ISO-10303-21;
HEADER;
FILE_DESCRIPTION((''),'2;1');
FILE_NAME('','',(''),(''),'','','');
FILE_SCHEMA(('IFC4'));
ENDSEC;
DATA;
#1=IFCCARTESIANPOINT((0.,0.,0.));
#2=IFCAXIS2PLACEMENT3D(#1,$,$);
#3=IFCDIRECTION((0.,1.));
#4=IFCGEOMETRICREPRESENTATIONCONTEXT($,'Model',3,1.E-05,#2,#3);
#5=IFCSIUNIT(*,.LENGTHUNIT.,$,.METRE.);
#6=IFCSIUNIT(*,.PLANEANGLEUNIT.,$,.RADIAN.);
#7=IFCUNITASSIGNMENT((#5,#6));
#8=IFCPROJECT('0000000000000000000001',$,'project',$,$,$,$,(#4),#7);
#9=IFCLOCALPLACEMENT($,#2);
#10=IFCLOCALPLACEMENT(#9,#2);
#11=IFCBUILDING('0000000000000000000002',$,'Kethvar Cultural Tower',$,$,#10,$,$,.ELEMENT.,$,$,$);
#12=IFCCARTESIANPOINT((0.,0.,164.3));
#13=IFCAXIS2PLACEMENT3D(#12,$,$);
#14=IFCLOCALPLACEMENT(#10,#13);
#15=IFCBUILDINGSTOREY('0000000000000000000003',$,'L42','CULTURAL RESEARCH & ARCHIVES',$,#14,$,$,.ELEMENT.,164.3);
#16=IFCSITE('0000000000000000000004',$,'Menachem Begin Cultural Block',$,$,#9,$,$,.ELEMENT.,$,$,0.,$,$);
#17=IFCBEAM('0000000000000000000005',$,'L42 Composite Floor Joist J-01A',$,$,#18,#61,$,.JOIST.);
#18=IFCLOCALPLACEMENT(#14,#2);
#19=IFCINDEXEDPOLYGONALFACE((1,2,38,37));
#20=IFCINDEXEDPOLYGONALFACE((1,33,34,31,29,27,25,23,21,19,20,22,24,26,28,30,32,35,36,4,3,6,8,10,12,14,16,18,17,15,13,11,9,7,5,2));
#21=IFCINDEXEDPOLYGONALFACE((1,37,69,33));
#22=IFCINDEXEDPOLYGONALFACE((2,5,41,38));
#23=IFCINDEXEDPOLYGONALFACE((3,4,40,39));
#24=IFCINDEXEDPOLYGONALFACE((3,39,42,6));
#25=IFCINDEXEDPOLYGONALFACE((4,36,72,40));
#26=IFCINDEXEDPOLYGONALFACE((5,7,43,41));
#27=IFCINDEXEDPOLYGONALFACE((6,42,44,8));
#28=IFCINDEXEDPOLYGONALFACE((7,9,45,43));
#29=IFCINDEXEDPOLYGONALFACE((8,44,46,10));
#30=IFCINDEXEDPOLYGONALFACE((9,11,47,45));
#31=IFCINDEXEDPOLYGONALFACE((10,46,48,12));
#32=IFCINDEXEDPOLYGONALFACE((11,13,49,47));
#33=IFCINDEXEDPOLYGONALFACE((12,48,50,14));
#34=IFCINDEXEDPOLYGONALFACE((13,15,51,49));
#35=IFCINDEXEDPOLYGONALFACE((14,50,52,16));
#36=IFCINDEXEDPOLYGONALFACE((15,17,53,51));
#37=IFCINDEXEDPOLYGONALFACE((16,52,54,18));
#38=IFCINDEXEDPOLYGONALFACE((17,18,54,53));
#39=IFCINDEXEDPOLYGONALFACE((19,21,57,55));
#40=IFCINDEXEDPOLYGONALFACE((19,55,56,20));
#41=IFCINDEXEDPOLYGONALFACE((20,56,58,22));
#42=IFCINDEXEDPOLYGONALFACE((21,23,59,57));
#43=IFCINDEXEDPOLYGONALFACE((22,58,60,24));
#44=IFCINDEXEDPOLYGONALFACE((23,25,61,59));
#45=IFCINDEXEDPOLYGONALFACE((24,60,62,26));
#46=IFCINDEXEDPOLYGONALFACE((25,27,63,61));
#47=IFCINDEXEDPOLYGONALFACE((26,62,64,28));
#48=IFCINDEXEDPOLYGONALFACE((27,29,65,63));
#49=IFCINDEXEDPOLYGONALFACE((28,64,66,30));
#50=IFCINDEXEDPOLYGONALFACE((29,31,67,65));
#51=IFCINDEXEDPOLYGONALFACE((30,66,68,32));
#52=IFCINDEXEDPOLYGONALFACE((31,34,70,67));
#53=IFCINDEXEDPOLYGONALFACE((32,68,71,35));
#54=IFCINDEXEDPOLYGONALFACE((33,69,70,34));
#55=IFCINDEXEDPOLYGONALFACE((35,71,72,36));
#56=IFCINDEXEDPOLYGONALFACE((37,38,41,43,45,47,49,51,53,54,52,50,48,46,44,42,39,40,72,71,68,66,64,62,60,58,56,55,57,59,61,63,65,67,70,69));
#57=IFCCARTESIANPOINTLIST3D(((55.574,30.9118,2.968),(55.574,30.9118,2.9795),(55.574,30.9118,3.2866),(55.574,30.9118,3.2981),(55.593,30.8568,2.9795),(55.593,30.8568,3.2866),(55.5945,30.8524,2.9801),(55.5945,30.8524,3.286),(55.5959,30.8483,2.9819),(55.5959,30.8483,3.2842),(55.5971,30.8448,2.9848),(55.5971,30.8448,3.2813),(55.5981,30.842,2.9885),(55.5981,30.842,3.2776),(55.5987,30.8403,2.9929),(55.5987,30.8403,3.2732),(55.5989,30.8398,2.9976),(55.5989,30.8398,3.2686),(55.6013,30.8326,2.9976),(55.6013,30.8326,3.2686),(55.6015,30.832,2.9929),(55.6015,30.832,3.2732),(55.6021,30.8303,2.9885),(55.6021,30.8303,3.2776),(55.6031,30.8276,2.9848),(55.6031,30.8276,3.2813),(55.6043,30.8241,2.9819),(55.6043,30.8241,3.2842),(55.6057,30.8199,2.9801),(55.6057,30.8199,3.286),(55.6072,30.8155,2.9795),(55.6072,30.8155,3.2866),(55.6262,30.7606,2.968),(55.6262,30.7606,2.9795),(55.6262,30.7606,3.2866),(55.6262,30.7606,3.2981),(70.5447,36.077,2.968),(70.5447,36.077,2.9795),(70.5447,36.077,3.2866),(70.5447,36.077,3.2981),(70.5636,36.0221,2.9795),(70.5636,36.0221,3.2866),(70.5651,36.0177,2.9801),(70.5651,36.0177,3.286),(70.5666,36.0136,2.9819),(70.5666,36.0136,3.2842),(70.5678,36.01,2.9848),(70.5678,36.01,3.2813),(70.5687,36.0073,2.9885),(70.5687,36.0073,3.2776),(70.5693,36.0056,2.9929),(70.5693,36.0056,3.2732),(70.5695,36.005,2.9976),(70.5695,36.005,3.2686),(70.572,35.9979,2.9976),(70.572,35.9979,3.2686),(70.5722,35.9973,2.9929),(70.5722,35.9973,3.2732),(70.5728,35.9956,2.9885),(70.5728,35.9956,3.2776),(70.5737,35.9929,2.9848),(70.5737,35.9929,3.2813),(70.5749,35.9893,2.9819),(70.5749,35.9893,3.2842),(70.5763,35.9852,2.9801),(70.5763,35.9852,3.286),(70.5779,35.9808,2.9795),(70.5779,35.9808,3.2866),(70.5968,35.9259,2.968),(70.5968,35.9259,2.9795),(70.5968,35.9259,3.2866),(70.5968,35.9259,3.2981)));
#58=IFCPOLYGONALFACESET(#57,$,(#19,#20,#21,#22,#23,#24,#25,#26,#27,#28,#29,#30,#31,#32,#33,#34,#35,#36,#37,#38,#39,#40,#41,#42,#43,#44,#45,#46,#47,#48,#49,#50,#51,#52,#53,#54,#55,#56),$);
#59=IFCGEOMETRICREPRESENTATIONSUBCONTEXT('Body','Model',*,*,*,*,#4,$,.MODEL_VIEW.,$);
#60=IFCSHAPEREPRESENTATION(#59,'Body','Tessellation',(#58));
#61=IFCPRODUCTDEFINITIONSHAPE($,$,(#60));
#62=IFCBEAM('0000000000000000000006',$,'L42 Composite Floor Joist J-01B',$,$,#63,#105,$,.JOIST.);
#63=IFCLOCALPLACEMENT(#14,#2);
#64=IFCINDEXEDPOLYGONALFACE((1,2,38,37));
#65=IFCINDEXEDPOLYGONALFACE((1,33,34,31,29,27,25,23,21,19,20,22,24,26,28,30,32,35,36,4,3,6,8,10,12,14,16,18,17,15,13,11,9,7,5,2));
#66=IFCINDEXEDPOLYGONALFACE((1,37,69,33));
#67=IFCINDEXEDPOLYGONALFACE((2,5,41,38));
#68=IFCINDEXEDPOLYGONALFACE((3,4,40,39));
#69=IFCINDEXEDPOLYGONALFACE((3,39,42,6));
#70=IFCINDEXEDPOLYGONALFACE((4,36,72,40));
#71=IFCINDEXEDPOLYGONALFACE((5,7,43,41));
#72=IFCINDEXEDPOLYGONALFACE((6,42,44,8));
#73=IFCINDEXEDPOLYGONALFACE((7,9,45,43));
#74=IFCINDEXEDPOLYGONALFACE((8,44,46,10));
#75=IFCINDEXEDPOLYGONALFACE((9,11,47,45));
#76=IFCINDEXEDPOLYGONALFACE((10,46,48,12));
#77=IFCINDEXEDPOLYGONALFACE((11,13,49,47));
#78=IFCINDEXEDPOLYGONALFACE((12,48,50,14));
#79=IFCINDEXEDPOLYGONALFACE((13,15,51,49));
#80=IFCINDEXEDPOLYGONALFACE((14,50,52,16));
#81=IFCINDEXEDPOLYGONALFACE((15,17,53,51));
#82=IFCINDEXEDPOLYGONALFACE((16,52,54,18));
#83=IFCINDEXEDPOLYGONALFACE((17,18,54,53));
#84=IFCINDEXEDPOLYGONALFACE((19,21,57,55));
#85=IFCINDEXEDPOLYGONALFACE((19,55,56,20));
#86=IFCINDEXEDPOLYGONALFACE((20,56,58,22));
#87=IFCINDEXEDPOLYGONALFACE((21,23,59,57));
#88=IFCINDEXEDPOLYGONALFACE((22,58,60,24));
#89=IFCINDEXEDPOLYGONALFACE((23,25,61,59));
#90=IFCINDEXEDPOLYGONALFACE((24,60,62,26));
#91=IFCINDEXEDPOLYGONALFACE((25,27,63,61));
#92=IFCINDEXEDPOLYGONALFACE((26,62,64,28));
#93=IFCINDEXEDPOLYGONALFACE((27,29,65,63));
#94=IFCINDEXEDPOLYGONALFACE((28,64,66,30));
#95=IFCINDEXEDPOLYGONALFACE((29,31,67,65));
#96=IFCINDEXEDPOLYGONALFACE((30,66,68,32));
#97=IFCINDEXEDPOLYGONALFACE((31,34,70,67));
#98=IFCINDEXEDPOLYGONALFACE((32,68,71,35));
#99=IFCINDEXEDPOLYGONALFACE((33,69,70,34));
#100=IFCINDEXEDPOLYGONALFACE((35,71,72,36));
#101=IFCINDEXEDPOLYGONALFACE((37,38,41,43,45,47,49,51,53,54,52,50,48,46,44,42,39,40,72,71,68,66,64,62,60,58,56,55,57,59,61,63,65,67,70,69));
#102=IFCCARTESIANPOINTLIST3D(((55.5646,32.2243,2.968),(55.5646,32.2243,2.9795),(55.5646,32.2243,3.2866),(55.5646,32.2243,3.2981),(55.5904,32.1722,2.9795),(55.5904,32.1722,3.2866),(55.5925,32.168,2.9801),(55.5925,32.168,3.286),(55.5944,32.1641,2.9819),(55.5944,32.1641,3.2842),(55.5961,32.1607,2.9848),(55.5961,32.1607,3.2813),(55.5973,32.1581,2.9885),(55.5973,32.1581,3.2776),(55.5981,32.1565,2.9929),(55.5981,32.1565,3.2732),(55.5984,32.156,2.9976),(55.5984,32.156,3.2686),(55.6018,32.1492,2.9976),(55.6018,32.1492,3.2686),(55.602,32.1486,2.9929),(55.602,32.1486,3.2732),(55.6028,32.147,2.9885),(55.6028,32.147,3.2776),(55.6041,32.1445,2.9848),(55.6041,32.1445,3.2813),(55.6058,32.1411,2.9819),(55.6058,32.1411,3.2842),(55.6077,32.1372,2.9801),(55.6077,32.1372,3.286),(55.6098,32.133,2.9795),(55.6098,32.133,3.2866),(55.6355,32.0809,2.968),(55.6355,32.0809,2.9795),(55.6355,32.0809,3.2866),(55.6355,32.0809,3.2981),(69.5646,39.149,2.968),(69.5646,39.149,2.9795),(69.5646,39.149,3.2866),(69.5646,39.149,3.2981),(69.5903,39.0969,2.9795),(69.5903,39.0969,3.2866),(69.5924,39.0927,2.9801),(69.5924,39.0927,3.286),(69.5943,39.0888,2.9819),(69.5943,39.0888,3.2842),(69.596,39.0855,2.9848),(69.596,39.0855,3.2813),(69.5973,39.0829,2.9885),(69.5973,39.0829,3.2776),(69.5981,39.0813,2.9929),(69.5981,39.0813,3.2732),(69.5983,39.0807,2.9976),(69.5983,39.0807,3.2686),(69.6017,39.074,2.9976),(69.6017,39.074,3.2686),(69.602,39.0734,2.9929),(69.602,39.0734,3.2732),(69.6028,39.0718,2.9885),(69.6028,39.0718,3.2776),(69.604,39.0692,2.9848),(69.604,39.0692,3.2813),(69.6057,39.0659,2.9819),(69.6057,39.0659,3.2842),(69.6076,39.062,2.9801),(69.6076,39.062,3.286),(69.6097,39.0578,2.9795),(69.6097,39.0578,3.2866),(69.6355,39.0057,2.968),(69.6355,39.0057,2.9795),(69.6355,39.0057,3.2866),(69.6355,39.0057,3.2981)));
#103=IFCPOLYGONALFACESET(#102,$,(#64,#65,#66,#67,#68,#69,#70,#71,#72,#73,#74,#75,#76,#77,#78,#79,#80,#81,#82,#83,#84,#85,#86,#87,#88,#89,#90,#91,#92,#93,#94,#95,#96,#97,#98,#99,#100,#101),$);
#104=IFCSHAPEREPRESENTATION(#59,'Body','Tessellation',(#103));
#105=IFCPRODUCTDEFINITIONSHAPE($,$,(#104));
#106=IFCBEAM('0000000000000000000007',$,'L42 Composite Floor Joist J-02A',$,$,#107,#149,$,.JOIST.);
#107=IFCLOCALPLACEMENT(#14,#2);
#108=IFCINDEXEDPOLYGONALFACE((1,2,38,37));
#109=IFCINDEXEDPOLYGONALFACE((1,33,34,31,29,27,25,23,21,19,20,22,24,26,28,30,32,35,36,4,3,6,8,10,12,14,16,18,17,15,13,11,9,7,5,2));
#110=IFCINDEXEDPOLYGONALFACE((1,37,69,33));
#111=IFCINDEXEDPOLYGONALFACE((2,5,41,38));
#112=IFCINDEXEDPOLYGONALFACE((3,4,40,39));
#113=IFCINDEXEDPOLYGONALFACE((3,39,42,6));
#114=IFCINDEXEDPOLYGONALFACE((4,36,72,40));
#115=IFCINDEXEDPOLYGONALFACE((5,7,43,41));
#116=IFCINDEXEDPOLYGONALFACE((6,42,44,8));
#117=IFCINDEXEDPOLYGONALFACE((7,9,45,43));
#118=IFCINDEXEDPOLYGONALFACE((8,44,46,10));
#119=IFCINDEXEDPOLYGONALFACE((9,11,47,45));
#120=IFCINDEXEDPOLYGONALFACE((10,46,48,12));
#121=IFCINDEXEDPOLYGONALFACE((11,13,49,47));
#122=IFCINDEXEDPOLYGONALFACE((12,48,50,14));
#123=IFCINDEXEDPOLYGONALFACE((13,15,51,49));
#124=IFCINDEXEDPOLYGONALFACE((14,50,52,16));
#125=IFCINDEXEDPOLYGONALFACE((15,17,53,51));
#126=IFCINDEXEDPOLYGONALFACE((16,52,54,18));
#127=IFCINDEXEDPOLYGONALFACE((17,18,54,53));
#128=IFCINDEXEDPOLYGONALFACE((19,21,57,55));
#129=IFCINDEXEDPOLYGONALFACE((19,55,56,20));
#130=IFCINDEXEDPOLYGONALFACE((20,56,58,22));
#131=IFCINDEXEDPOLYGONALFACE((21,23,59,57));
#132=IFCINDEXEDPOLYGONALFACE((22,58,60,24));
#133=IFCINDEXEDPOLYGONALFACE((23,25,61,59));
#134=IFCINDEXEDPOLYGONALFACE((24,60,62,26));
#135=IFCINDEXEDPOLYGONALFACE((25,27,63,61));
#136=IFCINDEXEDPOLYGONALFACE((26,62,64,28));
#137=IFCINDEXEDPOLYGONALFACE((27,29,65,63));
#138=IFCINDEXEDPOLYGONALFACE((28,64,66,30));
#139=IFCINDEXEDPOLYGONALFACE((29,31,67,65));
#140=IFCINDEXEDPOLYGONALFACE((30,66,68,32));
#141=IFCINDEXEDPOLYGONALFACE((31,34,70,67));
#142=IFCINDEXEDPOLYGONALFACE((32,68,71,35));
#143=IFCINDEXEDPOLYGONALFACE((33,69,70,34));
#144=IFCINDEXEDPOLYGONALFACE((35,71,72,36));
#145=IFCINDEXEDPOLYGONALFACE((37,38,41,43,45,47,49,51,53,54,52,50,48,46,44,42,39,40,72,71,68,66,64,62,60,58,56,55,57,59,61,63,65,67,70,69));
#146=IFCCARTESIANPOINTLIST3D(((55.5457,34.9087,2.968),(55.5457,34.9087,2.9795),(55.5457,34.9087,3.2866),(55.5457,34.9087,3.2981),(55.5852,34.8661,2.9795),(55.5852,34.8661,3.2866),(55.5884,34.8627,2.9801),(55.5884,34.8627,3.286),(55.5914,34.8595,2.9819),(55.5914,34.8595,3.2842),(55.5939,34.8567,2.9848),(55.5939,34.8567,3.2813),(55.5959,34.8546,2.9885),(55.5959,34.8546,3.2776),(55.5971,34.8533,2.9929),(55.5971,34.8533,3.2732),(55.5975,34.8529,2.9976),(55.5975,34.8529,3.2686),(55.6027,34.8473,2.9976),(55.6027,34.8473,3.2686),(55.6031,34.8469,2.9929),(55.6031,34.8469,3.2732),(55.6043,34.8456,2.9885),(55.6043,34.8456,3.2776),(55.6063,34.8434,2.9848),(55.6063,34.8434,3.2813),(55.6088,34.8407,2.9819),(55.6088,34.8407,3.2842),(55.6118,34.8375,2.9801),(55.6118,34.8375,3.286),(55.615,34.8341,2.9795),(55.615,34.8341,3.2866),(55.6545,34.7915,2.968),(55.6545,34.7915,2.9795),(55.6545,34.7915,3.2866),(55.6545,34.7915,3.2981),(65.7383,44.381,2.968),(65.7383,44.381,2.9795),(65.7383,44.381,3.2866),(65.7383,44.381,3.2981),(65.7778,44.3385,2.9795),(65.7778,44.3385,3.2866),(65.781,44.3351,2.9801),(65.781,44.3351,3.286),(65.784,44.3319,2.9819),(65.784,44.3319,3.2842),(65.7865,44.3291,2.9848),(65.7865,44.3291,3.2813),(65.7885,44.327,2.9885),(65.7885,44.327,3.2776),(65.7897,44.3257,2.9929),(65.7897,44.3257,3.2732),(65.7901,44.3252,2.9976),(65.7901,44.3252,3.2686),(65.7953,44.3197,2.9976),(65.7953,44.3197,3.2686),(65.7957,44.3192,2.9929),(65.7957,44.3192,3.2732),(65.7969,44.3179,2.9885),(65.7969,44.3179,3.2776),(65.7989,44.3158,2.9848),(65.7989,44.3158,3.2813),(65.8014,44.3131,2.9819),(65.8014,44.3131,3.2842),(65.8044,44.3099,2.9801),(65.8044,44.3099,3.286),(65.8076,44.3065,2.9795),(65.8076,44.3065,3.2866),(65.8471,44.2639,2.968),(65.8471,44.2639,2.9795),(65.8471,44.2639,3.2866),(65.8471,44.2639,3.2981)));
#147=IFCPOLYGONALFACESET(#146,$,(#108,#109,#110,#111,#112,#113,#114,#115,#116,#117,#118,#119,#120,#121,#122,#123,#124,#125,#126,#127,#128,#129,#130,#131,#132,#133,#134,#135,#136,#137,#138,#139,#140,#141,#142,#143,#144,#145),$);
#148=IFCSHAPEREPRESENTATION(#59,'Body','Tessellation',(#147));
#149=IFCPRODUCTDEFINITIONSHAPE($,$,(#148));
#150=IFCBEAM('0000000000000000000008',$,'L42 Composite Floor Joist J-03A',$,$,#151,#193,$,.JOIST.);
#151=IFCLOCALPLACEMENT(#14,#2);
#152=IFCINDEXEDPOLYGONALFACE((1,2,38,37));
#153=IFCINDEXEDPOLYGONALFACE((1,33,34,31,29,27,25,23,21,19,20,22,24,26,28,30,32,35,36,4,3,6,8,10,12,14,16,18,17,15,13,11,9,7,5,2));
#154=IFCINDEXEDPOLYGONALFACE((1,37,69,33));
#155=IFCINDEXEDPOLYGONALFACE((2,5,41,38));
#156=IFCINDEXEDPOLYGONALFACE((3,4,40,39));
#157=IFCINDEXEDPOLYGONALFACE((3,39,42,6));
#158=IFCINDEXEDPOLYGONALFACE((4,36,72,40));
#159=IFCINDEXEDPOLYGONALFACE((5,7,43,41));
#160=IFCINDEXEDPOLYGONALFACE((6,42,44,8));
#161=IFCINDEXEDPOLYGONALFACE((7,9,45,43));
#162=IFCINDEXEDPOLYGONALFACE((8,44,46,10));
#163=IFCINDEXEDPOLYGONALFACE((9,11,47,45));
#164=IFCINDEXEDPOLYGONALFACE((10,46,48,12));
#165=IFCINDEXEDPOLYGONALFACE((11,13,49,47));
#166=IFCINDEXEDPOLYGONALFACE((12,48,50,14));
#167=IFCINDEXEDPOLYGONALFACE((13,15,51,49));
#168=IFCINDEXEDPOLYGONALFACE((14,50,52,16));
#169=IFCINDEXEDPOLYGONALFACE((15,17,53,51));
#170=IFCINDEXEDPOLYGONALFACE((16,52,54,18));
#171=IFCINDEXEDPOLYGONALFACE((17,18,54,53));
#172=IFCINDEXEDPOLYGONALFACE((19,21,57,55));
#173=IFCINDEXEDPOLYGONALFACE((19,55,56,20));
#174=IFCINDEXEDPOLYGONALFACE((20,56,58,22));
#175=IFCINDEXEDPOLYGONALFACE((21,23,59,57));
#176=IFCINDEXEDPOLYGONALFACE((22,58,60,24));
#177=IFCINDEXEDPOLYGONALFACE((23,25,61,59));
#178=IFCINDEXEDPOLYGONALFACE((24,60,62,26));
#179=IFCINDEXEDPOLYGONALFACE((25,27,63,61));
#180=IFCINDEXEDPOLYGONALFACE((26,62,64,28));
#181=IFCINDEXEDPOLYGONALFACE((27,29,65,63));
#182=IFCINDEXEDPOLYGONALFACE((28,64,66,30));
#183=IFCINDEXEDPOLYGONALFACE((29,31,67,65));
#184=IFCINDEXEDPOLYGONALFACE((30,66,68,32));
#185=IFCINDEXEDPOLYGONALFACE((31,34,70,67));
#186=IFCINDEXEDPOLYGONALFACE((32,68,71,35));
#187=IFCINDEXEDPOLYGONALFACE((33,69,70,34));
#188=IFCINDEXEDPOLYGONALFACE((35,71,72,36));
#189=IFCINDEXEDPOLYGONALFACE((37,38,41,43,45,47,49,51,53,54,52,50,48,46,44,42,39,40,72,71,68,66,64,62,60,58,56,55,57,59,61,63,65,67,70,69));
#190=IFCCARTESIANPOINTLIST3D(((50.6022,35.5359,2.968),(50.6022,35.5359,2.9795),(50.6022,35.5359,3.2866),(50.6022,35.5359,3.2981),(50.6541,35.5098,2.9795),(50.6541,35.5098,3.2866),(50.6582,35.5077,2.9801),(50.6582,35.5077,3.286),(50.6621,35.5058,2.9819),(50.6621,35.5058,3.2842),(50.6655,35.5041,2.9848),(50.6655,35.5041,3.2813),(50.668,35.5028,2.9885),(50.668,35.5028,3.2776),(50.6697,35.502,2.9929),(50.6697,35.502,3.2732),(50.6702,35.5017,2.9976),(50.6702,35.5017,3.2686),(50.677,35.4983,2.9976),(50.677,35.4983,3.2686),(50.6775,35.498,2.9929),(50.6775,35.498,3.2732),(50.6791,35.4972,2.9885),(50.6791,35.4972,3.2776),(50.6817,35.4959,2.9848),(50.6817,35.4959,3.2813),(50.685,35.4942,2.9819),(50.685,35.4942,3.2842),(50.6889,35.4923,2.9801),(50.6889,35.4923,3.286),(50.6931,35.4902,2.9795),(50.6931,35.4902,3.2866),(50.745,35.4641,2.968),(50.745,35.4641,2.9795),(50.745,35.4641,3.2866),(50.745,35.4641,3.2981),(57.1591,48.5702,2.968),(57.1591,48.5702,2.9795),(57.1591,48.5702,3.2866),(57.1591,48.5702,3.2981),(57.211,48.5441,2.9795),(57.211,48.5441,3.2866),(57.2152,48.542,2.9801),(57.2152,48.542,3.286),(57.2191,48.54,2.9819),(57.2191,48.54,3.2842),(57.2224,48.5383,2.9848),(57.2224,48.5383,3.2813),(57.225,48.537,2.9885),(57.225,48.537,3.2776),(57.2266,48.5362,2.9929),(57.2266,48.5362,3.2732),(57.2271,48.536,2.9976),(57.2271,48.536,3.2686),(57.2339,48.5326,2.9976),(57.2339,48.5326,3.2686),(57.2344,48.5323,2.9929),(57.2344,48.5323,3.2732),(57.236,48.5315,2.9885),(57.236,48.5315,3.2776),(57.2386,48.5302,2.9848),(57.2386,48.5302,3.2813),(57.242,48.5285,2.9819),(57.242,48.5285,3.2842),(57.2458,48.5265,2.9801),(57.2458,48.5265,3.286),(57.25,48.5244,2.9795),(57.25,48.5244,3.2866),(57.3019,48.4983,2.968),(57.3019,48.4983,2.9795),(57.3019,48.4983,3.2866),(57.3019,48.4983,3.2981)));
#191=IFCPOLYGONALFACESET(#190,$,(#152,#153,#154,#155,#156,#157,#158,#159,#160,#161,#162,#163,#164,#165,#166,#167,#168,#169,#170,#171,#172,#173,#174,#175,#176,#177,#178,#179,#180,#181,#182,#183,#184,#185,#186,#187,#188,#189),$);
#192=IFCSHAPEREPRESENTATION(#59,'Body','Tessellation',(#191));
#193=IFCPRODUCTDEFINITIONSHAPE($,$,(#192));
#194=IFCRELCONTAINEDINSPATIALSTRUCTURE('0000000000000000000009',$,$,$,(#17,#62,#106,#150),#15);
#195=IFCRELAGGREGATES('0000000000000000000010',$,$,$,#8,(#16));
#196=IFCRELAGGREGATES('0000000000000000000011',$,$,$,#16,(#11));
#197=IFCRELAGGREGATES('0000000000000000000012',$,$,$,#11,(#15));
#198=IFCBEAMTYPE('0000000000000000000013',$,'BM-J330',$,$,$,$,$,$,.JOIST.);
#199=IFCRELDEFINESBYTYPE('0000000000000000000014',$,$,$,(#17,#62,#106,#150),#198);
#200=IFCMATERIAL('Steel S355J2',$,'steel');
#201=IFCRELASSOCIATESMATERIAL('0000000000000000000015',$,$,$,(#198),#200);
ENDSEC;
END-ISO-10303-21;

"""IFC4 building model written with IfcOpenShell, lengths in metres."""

from ifc_helpers import new_model, si_unit, direction, frame, origin, origin_2d, place, context, subcontext, project, spatial, i_section, extrude, source, transform, mapped, material, material_profile, profile_set, type_object, element, save


model = new_model("IFC4")

# Units and contexts
model_context = context("Model", 3, precision=1e-05, world=origin(), true_north=direction((0.0, 1.0)))
body_context = subcontext(model_context, "Body", "Model", "MODEL_VIEW")
ifc_project = project(units=[si_unit("LENGTHUNIT", "METRE"), si_unit("PLANEANGLEUNIT", "RADIAN")], contexts=[model_context])

# Site, building, storey
site_placement = place(None, origin())
site = spatial("IfcSite", under=ifc_project, at=site_placement, Name="Menachem Begin Cultural Block", CompositionType="ELEMENT", RefElevation=0.0)
building_placement = place(site_placement, origin())
building = spatial("IfcBuilding", under=site, at=building_placement, Name="Kethvar Cultural Tower", CompositionType="ELEMENT")
storey_placement = place(building_placement, frame((0.0, 0.0, 164.3)))
storey = spatial("IfcBuildingStorey", under=building, at=storey_placement, Name="L42", Description="CULTURAL RESEARCH & ARCHIVES", CompositionType="ELEMENT", Elevation=164.3)

# Beams
ifc_material_1 = material(Name="Steel S355J2", Category="steel")
ifc_material_profile_1 = material_profile(ifc_material_1, i_section(OverallWidth=0.1599, OverallDepth=0.3301, WebThickness=0.0076, FlangeThickness=0.0115, FilletRadius=0.0181, at=origin_2d()), Name="Steel S355J2 — IPE330")
ifc_profile_set_1 = profile_set([ifc_material_profile_1], Name="Steel S355J2 — IPE330")
beam_type_1 = type_object("IfcBeamType", Name="BM-J330", PredefinedType="JOIST", material=ifc_profile_set_1)
shared_shape_1 = source(origin(), body_context, "Body", "SweptSolid", [
    extrude(i_section(OverallWidth=0.1599, OverallDepth=0.3301, WebThickness=0.0076, FlangeThickness=0.0115, FilletRadius=0.0181, at=origin_2d()), origin(), (0.0, 0.0, 1.0), 15.8367),
])
beam_1_placement = place(storey_placement, frame((55.6001, 30.8362, 3.1331), z_axis=(0.945315, 0.326158, 0.0), x_axis=(-0.326158, 0.945315, 0.0)))
element("IfcBeam", 1, at=beam_1_placement, inside=storey, type_object=beam_type_1, Name="L42 Composite Floor Joist J-01A", PredefinedType="JOIST", context=body_context, shape_type="MappedRepresentation", body=[
    mapped(shared_shape_1, transform((0.0, 0.0, 0.0), scale=1.0)),
])
shared_shape_2 = source(origin(), body_context, "Body", "SweptSolid", [
    extrude(i_section(OverallWidth=0.1599, OverallDepth=0.3301, WebThickness=0.0076, FlangeThickness=0.0115, FilletRadius=0.0181, at=origin_2d()), origin(), (0.0, 0.0, 1.0), 15.6189),
])
beam_2_placement = place(storey_placement, frame((55.6001, 32.1526, 3.1331), z_axis=(0.896345, 0.443358, 0.0), x_axis=(-0.443358, 0.896345, 0.0)))
element("IfcBeam", 2, at=beam_2_placement, inside=storey, type_object=beam_type_1, Name="L42 Composite Floor Joist J-01B", PredefinedType="JOIST", context=body_context, shape_type="MappedRepresentation", body=[
    mapped(shared_shape_2, transform((0.0, 0.0, 0.0), scale=1.0)),
])
shared_shape_3 = source(origin(), body_context, "Body", "SweptSolid", [
    extrude(i_section(OverallWidth=0.1599, OverallDepth=0.3301, WebThickness=0.0076, FlangeThickness=0.0115, FilletRadius=0.0181, at=origin_2d()), origin(), (0.0, 0.0, 1.0), 13.9146),
])
beam_3_placement = place(storey_placement, frame((55.6001, 34.8501, 3.1331), z_axis=(0.732513, 0.680753, 0.0), x_axis=(-0.680753, 0.732513, 0.0)))
element("IfcBeam", 3, at=beam_3_placement, inside=storey, type_object=beam_type_1, Name="L42 Composite Floor Joist J-02A", PredefinedType="JOIST", context=body_context, shape_type="MappedRepresentation", body=[
    mapped(shared_shape_3, transform((0.0, 0.0, 0.0), scale=1.0)),
])
shared_shape_4 = source(origin(), body_context, "Body", "SweptSolid", [
    extrude(i_section(OverallWidth=0.1599, OverallDepth=0.3301, WebThickness=0.0076, FlangeThickness=0.0115, FilletRadius=0.0181, at=origin_2d()), origin(), (0.0, 0.0, 1.0), 14.5906),
])
beam_4_placement = place(storey_placement, frame((50.6736, 35.5, 3.1331), z_axis=(0.449394, 0.893334, 0.0), x_axis=(-0.893334, 0.449394, 0.0)))
element("IfcBeam", 4, at=beam_4_placement, inside=storey, type_object=beam_type_1, Name="L42 Composite Floor Joist J-03A", PredefinedType="JOIST", context=body_context, shape_type="MappedRepresentation", body=[
    mapped(shared_shape_4, transform((0.0, 0.0, 0.0), scale=1.0)),
])

save(model, "model.ifc")
